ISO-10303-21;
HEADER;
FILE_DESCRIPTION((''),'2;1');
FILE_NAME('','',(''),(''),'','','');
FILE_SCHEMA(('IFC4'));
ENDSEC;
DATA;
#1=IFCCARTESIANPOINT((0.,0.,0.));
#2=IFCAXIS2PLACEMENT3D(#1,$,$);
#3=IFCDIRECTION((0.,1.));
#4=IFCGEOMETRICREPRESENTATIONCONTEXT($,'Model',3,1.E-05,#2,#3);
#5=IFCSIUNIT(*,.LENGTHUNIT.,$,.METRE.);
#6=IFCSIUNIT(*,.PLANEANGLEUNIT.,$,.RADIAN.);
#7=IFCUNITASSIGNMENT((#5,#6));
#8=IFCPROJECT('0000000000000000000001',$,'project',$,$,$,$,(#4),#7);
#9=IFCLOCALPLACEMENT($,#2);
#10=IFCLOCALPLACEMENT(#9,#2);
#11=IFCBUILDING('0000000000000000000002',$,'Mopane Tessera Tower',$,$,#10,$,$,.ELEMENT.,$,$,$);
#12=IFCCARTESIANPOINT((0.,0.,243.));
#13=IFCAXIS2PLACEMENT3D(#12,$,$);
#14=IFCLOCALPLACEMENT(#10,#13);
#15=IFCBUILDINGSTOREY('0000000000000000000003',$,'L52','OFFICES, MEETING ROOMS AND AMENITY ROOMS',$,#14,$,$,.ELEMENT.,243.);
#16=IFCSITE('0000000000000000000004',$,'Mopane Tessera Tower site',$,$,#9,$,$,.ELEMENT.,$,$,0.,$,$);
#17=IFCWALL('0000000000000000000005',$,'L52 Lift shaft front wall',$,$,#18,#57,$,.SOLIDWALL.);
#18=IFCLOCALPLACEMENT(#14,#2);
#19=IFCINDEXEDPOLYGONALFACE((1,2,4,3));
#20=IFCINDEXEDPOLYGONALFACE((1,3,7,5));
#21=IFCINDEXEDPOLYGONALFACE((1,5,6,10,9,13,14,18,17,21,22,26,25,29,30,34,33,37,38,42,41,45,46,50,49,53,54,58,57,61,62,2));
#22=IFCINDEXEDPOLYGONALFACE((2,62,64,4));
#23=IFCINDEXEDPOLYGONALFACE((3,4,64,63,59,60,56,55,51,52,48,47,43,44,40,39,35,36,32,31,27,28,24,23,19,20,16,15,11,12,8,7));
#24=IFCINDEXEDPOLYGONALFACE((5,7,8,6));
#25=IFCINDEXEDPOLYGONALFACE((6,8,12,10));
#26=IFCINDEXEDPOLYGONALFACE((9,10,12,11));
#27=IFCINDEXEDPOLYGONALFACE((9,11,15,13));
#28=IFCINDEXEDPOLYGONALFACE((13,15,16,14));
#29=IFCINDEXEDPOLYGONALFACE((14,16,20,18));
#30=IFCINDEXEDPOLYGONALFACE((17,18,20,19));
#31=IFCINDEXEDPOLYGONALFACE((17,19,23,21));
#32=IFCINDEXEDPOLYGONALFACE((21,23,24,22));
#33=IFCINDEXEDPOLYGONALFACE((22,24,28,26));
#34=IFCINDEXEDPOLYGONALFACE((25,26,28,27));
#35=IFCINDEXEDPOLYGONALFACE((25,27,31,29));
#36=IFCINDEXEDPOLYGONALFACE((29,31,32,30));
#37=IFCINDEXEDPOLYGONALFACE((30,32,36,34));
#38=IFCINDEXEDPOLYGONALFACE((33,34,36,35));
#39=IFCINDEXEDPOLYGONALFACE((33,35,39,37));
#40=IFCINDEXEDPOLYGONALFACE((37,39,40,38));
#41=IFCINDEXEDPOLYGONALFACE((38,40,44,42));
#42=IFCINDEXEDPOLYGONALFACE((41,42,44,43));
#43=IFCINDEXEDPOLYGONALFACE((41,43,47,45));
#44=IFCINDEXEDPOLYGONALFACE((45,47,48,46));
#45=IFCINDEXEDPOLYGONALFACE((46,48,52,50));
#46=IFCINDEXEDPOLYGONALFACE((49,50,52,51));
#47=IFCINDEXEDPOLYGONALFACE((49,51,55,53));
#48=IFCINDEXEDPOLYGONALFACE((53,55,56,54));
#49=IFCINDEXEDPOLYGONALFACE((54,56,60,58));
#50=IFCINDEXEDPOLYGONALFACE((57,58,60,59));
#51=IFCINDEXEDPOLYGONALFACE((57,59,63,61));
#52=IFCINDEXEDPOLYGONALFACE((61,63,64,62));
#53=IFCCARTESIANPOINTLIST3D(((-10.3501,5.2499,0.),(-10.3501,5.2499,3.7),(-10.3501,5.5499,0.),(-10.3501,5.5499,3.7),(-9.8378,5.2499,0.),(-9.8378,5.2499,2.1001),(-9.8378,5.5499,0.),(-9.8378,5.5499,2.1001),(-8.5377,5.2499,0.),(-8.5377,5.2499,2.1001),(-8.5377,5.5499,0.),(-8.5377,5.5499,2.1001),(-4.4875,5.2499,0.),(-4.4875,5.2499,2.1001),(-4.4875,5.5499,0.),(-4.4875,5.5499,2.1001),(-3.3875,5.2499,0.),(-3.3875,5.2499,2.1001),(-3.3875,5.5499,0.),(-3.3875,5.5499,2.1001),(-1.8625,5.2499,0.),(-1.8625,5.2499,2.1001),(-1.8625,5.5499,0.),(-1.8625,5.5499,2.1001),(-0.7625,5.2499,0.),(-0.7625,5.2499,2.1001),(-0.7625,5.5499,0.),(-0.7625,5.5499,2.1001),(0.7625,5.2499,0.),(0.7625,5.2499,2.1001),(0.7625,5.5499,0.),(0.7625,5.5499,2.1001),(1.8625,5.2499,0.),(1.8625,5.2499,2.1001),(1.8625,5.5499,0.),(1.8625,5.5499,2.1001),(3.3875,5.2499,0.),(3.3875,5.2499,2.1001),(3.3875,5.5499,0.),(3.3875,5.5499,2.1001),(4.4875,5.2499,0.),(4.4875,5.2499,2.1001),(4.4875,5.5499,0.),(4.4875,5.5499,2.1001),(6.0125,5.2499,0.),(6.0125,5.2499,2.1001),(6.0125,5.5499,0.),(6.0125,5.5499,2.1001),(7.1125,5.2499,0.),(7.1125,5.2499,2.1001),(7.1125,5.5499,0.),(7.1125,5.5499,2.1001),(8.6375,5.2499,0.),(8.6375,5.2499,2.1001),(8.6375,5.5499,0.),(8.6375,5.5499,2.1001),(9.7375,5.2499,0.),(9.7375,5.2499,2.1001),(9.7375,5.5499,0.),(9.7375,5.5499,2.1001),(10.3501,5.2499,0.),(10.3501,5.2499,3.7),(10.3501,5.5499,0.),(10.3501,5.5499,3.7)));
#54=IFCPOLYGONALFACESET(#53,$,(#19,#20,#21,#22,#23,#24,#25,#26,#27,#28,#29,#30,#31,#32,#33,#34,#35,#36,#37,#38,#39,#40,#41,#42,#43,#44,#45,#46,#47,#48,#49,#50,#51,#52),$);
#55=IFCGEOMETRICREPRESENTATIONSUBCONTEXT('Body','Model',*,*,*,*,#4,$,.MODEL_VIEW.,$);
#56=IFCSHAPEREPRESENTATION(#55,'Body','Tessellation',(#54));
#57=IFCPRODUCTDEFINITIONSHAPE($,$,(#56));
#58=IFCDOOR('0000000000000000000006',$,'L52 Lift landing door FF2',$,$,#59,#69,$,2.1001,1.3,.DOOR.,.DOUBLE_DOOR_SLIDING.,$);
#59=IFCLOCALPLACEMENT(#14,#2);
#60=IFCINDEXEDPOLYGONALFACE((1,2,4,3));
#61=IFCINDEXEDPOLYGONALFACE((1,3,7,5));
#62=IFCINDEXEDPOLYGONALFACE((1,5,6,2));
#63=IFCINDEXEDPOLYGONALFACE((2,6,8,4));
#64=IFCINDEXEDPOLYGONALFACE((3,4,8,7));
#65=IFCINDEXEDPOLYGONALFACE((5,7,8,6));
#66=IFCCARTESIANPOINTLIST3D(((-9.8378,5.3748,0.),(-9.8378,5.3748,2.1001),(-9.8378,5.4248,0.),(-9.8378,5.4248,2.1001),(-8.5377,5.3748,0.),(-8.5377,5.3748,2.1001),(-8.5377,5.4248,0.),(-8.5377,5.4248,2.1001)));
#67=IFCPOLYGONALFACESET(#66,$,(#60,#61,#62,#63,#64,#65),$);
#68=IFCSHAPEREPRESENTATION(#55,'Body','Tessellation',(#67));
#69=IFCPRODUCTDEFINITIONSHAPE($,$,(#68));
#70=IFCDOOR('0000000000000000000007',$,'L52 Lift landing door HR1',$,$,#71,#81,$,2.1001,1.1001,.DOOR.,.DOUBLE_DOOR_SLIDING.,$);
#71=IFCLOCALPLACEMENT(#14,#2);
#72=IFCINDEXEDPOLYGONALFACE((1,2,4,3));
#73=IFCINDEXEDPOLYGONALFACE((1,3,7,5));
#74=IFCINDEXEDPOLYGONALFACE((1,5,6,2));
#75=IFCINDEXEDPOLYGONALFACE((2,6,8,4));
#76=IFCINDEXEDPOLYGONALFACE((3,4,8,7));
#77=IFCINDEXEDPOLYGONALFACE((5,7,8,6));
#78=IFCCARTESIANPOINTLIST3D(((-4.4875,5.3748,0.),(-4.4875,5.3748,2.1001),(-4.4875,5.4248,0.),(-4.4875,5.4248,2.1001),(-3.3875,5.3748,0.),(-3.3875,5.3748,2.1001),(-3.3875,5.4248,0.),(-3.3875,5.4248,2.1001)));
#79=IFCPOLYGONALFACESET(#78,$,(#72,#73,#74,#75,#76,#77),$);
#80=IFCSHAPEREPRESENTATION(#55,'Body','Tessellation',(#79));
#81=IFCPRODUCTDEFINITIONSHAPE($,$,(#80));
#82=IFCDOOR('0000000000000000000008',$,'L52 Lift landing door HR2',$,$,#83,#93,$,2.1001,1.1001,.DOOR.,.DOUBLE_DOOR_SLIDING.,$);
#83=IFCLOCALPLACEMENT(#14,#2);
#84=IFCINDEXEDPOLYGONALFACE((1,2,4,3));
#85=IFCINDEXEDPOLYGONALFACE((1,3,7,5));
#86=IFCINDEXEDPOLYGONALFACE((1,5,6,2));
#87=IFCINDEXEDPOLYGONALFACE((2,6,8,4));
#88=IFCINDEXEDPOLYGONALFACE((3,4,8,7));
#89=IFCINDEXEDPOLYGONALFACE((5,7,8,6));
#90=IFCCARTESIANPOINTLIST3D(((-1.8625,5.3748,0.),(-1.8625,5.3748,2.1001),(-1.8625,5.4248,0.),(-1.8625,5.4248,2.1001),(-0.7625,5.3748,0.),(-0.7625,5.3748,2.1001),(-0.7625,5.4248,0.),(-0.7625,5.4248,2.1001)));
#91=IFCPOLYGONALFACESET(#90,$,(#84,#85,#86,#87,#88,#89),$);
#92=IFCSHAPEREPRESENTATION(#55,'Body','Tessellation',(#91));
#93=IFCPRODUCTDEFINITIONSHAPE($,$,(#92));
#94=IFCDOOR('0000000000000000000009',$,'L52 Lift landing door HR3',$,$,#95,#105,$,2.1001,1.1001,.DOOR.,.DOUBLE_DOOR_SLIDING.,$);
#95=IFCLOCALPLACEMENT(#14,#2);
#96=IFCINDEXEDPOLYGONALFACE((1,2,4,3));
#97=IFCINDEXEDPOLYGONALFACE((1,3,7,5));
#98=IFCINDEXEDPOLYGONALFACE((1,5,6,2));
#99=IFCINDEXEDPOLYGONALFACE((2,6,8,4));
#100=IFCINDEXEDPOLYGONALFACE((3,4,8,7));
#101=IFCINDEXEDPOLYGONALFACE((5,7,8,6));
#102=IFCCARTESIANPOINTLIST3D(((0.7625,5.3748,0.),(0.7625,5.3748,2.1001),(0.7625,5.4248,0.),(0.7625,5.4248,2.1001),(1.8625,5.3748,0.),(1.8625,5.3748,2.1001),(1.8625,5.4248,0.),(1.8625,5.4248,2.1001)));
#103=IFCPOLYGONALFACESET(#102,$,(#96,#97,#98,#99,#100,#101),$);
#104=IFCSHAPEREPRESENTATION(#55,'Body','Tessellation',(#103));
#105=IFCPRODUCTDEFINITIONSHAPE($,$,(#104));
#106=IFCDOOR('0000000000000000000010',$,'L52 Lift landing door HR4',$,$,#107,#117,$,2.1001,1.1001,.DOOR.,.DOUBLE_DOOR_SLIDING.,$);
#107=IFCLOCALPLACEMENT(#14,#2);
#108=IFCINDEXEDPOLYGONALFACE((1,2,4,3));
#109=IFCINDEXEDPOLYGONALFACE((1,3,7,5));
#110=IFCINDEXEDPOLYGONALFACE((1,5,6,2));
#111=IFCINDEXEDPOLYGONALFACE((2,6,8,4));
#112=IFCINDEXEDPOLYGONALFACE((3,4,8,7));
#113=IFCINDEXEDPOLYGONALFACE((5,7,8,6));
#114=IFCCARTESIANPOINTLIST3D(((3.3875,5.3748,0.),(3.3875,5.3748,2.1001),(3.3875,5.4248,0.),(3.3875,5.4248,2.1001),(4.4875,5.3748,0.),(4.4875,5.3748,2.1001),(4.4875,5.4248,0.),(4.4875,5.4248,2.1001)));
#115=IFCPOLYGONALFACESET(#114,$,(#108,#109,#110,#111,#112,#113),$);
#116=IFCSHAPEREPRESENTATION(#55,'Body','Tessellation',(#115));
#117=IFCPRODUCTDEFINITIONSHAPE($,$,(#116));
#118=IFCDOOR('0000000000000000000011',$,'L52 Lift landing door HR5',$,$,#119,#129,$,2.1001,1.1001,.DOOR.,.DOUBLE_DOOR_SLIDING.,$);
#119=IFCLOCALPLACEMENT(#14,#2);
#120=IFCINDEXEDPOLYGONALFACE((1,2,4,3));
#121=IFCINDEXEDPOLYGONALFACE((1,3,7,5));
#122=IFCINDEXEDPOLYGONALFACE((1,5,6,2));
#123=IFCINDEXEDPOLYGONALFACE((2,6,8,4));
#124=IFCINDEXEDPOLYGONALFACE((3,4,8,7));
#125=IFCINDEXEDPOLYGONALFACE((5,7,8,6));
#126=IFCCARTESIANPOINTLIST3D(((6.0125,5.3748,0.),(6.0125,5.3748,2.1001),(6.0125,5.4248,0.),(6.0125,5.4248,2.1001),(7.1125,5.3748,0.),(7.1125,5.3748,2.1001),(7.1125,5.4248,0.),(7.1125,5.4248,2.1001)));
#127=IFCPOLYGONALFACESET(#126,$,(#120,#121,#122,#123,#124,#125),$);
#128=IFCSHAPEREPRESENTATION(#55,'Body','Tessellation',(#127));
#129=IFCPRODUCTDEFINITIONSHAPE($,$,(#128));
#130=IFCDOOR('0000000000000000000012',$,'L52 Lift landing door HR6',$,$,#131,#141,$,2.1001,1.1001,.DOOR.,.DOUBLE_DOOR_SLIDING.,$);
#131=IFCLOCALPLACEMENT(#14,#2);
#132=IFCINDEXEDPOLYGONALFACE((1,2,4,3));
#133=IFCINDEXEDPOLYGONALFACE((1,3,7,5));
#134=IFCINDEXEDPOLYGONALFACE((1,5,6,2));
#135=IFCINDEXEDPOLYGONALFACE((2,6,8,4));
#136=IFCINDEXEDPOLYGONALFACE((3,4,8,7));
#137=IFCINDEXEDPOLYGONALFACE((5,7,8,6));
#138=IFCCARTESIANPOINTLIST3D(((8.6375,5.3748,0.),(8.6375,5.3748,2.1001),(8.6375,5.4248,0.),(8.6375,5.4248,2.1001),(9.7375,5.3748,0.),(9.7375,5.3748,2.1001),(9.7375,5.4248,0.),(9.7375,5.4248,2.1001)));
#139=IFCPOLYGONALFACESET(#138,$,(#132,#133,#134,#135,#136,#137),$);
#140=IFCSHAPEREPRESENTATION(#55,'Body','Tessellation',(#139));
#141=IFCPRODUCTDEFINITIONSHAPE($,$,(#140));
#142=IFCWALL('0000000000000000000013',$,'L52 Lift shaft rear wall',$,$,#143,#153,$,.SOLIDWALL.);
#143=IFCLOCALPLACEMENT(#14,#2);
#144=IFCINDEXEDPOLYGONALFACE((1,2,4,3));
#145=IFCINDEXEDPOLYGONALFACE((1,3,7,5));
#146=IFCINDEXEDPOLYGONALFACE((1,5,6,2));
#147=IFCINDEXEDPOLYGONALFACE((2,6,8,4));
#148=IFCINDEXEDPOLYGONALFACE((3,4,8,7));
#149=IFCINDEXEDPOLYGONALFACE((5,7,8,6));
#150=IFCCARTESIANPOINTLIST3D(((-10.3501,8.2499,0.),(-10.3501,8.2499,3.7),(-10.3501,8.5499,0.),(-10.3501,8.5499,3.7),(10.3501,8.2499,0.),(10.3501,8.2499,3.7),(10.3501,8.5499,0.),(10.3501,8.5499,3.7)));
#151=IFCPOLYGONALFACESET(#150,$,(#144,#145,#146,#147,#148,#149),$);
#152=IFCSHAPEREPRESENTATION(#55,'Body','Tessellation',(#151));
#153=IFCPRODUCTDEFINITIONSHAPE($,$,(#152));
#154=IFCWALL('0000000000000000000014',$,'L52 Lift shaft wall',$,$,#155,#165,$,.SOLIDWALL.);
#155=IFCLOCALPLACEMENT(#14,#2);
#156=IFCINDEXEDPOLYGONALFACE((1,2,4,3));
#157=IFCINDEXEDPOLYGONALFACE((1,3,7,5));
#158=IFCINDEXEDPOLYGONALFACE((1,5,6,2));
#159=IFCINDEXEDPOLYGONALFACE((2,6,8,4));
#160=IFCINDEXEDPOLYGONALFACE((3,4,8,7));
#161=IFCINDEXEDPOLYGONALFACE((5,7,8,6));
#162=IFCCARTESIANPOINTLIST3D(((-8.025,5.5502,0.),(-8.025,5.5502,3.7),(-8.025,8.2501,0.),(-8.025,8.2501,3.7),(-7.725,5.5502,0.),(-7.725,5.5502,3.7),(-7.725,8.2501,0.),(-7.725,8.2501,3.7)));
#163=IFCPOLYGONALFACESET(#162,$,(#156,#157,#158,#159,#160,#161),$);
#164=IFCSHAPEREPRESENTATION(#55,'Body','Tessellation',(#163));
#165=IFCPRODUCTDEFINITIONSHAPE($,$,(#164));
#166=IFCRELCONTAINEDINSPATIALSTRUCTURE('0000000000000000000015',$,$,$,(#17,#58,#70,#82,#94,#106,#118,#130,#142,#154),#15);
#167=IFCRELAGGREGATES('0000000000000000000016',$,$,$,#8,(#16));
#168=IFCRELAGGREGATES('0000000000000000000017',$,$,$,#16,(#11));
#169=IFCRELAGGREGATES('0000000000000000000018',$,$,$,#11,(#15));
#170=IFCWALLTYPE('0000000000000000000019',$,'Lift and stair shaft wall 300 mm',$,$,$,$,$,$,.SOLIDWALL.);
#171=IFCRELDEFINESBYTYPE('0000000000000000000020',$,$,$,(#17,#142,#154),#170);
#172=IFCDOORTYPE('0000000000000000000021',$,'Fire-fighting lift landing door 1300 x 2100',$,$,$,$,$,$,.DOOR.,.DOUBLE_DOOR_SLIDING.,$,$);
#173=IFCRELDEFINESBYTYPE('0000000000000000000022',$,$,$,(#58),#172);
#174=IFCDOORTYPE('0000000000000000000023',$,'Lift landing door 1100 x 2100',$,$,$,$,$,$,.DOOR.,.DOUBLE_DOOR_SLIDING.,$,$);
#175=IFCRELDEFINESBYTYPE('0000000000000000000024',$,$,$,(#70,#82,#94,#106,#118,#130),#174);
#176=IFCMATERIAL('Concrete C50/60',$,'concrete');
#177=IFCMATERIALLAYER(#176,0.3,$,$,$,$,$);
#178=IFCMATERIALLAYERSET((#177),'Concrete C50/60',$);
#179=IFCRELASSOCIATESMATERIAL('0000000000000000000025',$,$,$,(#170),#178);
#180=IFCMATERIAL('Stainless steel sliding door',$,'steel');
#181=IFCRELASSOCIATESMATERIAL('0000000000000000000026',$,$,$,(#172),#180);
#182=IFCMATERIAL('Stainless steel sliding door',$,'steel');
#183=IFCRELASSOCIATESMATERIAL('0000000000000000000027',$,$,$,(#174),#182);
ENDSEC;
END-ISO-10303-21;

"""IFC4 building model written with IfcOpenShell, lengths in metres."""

from ifc_helpers import new_model, si_unit, direction, frame, frame_2d, origin, place, context, subcontext, project, spatial, rectangle, extrude, material, layer, layer_set, type_object, element, fill, save


model = new_model("IFC4")

# Units and contexts
model_context = context("Model", 3, precision=1e-05, world=origin(), true_north=direction((0.0, 1.0)))
body_context = subcontext(model_context, "Body", "Model", "MODEL_VIEW")
ifc_project = project(units=[si_unit("LENGTHUNIT", "METRE"), si_unit("PLANEANGLEUNIT", "RADIAN")], contexts=[model_context])

# Site, building, storey
site_placement = place(None, origin())
site = spatial("IfcSite", under=ifc_project, at=site_placement, Name="Mopane Tessera Tower site", CompositionType="ELEMENT", RefElevation=0.0)
building_placement = place(site_placement, origin())
building = spatial("IfcBuilding", under=site, at=building_placement, Name="Mopane Tessera Tower", CompositionType="ELEMENT")
storey_placement = place(building_placement, frame((0.0, 0.0, 243.0)))
storey = spatial("IfcBuildingStorey", under=building, at=storey_placement, Name="L52", Description="OFFICES, MEETING ROOMS AND AMENITY ROOMS", CompositionType="ELEMENT", Elevation=243.0)

# Wall, openings, doors
ifc_material_1 = material(Name="Concrete C50/60", Category="concrete")
ifc_layer_1 = layer(ifc_material_1, 0.3)
ifc_layer_set_1 = layer_set([ifc_layer_1], Name="Concrete C50/60")
wall_type_1 = type_object("IfcWallType", Name="Lift and stair shaft wall 300 mm", PredefinedType="SOLIDWALL", material=ifc_layer_set_1)
ifc_material_2 = material(Name="Stainless steel sliding door", Category="steel")
door_type_1 = type_object("IfcDoorType", Name="Fire-fighting lift landing door 1300 x 2100", OperationType="DOUBLE_DOOR_SLIDING", PredefinedType="DOOR", material=ifc_material_2)
wall_1_placement = place(storey_placement, frame((-10.3501, 5.3999, 0.0), z_axis=(0.0, 0.0, 1.0), x_axis=(1.0, 0.0, 0.0)))
wall_1 = element("IfcWall", 1, at=wall_1_placement, inside=storey, type_object=wall_type_1, Name="L52 Lift shaft front wall", PredefinedType="SOLIDWALL", context=body_context, shape_type="SweptSolid", body=[
    extrude(rectangle(XDim=20.7002, YDim=0.3, at=frame_2d((10.3501, 0.0))), origin(), (0.0, 0.0, 1.0), 3.7),
])
opening_1_placement = place(wall_1_placement, frame((0.5125, 0.0, 0.0)))
opening_1 = element("IfcOpeningElement", 2, at=opening_1_placement, cuts=wall_1, PredefinedType="OPENING", context=body_context, shape_type="SweptSolid", body=[
    extrude(rectangle(XDim=1.3, YDim=2.1001, at=frame_2d((0.6499, 1.05))), frame((0.0, 0.1621, 0.0), z_axis=(0.0, -1.0, 0.0), x_axis=(1.0, 0.0, 0.0)), (0.0, 0.0, 1.0), 0.324),
])
opening_2_placement = place(wall_1_placement, frame((5.8625, 0.0, 0.0)))
opening_2 = element("IfcOpeningElement", 3, at=opening_2_placement, cuts=wall_1, PredefinedType="OPENING", context=body_context, shape_type="SweptSolid", body=[
    extrude(rectangle(XDim=1.1001, YDim=2.1001, at=frame_2d((0.55, 1.05))), frame((0.0, 0.1621, 0.0), z_axis=(0.0, -1.0, 0.0), x_axis=(1.0, 0.0, 0.0)), (0.0, 0.0, 1.0), 0.324),
])
opening_3_placement = place(wall_1_placement, frame((8.4875, 0.0, 0.0)))
opening_3 = element("IfcOpeningElement", 4, at=opening_3_placement, cuts=wall_1, PredefinedType="OPENING", context=body_context, shape_type="SweptSolid", body=[
    extrude(rectangle(XDim=1.1001, YDim=2.1001, at=frame_2d((0.55, 1.05))), frame((0.0, 0.1621, 0.0), z_axis=(0.0, -1.0, 0.0), x_axis=(1.0, 0.0, 0.0)), (0.0, 0.0, 1.0), 0.324),
])
opening_4_placement = place(wall_1_placement, frame((11.1125, 0.0, 0.0)))
opening_4 = element("IfcOpeningElement", 5, at=opening_4_placement, cuts=wall_1, PredefinedType="OPENING", context=body_context, shape_type="SweptSolid", body=[
    extrude(rectangle(XDim=1.1001, YDim=2.1001, at=frame_2d((0.55, 1.05))), frame((0.0, 0.1621, 0.0), z_axis=(0.0, -1.0, 0.0), x_axis=(1.0, 0.0, 0.0)), (0.0, 0.0, 1.0), 0.324),
])
opening_5_placement = place(wall_1_placement, frame((13.7375, 0.0, 0.0)))
opening_5 = element("IfcOpeningElement", 6, at=opening_5_placement, cuts=wall_1, PredefinedType="OPENING", context=body_context, shape_type="SweptSolid", body=[
    extrude(rectangle(XDim=1.1001, YDim=2.1001, at=frame_2d((0.55, 1.05))), frame((0.0, 0.1621, 0.0), z_axis=(0.0, -1.0, 0.0), x_axis=(1.0, 0.0, 0.0)), (0.0, 0.0, 1.0), 0.324),
])
opening_6_placement = place(wall_1_placement, frame((16.3625, 0.0, 0.0)))
opening_6 = element("IfcOpeningElement", 7, at=opening_6_placement, cuts=wall_1, PredefinedType="OPENING", context=body_context, shape_type="SweptSolid", body=[
    extrude(rectangle(XDim=1.1001, YDim=2.1001, at=frame_2d((0.55, 1.05))), frame((0.0, 0.1621, 0.0), z_axis=(0.0, -1.0, 0.0), x_axis=(1.0, 0.0, 0.0)), (0.0, 0.0, 1.0), 0.324),
])
opening_7_placement = place(wall_1_placement, frame((18.9875, 0.0, 0.0)))
opening_7 = element("IfcOpeningElement", 8, at=opening_7_placement, cuts=wall_1, PredefinedType="OPENING", context=body_context, shape_type="SweptSolid", body=[
    extrude(rectangle(XDim=1.1001, YDim=2.1001, at=frame_2d((0.55, 1.05))), frame((0.0, 0.1621, 0.0), z_axis=(0.0, -1.0, 0.0), x_axis=(1.0, 0.0, 0.0)), (0.0, 0.0, 1.0), 0.324),
])
door_1_placement = place(opening_1_placement, origin())
door_1 = element("IfcDoor", 9, at=door_1_placement, inside=storey, type_object=door_type_1, Name="L52 Lift landing door FF2", OperationType="DOUBLE_DOOR_SLIDING", OverallHeight=2.1001, OverallWidth=1.3, PredefinedType="DOOR", context=body_context, shape_type="SweptSolid", body=[
    extrude(rectangle(XDim=1.3, YDim=2.1001, at=frame_2d((0.6499, 1.05))), frame((0.0, 0.0249, 0.0), z_axis=(0.0, -1.0, 0.0), x_axis=(1.0, 0.0, 0.0)), (0.0, 0.0, 1.0), 0.05),
])
fill(opening_1, door_1)
ifc_material_3 = material(Name="Stainless steel sliding door", Category="steel")
door_type_2 = type_object("IfcDoorType", Name="Lift landing door 1100 x 2100", OperationType="DOUBLE_DOOR_SLIDING", PredefinedType="DOOR", material=ifc_material_3)
door_2_placement = place(opening_2_placement, origin())
door_2 = element("IfcDoor", 10, at=door_2_placement, inside=storey, type_object=door_type_2, Name="L52 Lift landing door HR1", OperationType="DOUBLE_DOOR_SLIDING", OverallHeight=2.1001, OverallWidth=1.1001, PredefinedType="DOOR", context=body_context, shape_type="SweptSolid", body=[
    extrude(rectangle(XDim=1.1001, YDim=2.1001, at=frame_2d((0.55, 1.05))), frame((0.0, 0.0249, 0.0), z_axis=(0.0, -1.0, 0.0), x_axis=(1.0, 0.0, 0.0)), (0.0, 0.0, 1.0), 0.05),
])
fill(opening_2, door_2)
door_3_placement = place(opening_3_placement, origin())
door_3 = element("IfcDoor", 11, at=door_3_placement, inside=storey, type_object=door_type_2, Name="L52 Lift landing door HR2", OperationType="DOUBLE_DOOR_SLIDING", OverallHeight=2.1001, OverallWidth=1.1001, PredefinedType="DOOR", context=body_context, shape_type="SweptSolid", body=[
    extrude(rectangle(XDim=1.1001, YDim=2.1001, at=frame_2d((0.55, 1.05))), frame((0.0, 0.0249, 0.0), z_axis=(0.0, -1.0, 0.0), x_axis=(1.0, 0.0, 0.0)), (0.0, 0.0, 1.0), 0.05),
])
fill(opening_3, door_3)
door_4_placement = place(opening_4_placement, origin())
door_4 = element("IfcDoor", 12, at=door_4_placement, inside=storey, type_object=door_type_2, Name="L52 Lift landing door HR3", OperationType="DOUBLE_DOOR_SLIDING", OverallHeight=2.1001, OverallWidth=1.1001, PredefinedType="DOOR", context=body_context, shape_type="SweptSolid", body=[
    extrude(rectangle(XDim=1.1001, YDim=2.1001, at=frame_2d((0.55, 1.05))), frame((0.0, 0.0249, 0.0), z_axis=(0.0, -1.0, 0.0), x_axis=(1.0, 0.0, 0.0)), (0.0, 0.0, 1.0), 0.05),
])
fill(opening_4, door_4)
door_5_placement = place(opening_5_placement, origin())
door_5 = element("IfcDoor", 13, at=door_5_placement, inside=storey, type_object=door_type_2, Name="L52 Lift landing door HR4", OperationType="DOUBLE_DOOR_SLIDING", OverallHeight=2.1001, OverallWidth=1.1001, PredefinedType="DOOR", context=body_context, shape_type="SweptSolid", body=[
    extrude(rectangle(XDim=1.1001, YDim=2.1001, at=frame_2d((0.55, 1.05))), frame((0.0, 0.0249, 0.0), z_axis=(0.0, -1.0, 0.0), x_axis=(1.0, 0.0, 0.0)), (0.0, 0.0, 1.0), 0.05),
])
fill(opening_5, door_5)
door_6_placement = place(opening_6_placement, origin())
door_6 = element("IfcDoor", 14, at=door_6_placement, inside=storey, type_object=door_type_2, Name="L52 Lift landing door HR5", OperationType="DOUBLE_DOOR_SLIDING", OverallHeight=2.1001, OverallWidth=1.1001, PredefinedType="DOOR", context=body_context, shape_type="SweptSolid", body=[
    extrude(rectangle(XDim=1.1001, YDim=2.1001, at=frame_2d((0.55, 1.05))), frame((0.0, 0.0249, 0.0), z_axis=(0.0, -1.0, 0.0), x_axis=(1.0, 0.0, 0.0)), (0.0, 0.0, 1.0), 0.05),
])
fill(opening_6, door_6)
door_7_placement = place(opening_7_placement, origin())
door_7 = element("IfcDoor", 15, at=door_7_placement, inside=storey, type_object=door_type_2, Name="L52 Lift landing door HR6", OperationType="DOUBLE_DOOR_SLIDING", OverallHeight=2.1001, OverallWidth=1.1001, PredefinedType="DOOR", context=body_context, shape_type="SweptSolid", body=[
    extrude(rectangle(XDim=1.1001, YDim=2.1001, at=frame_2d((0.55, 1.05))), frame((0.0, 0.0249, 0.0), z_axis=(0.0, -1.0, 0.0), x_axis=(1.0, 0.0, 0.0)), (0.0, 0.0, 1.0), 0.05),
])
fill(opening_7, door_7)

# Walls
wall_2_placement = place(storey_placement, frame((-10.3501, 8.3999, 0.0), z_axis=(0.0, 0.0, 1.0), x_axis=(1.0, 0.0, 0.0)))
element("IfcWall", 16, at=wall_2_placement, inside=storey, type_object=wall_type_1, Name="L52 Lift shaft rear wall", PredefinedType="SOLIDWALL", context=body_context, shape_type="SweptSolid", body=[
    extrude(rectangle(XDim=20.7002, YDim=0.3, at=frame_2d((10.3501, 0.0))), origin(), (0.0, 0.0, 1.0), 3.7),
])
for number, where, z_axis, x_axis, name in (
    (17, (-7.875, 5.55, 0.0), (0.0, 0.0, 1.0), (0.0, 1.0, 0.0), "L52 Lift shaft wall"),
):
    element("IfcWall", number, at=place(storey_placement, frame(where, z_axis=z_axis, x_axis=x_axis)), inside=storey, type_object=wall_type_1, Name=name, PredefinedType="SOLIDWALL", context=body_context, shape_type="SweptSolid", body=[
        extrude(rectangle(XDim=2.7, YDim=0.3, at=frame_2d((1.3501, 0.0))), origin(), (0.0, 0.0, 1.0), 3.7),
    ])

save(model, "model.ifc")
